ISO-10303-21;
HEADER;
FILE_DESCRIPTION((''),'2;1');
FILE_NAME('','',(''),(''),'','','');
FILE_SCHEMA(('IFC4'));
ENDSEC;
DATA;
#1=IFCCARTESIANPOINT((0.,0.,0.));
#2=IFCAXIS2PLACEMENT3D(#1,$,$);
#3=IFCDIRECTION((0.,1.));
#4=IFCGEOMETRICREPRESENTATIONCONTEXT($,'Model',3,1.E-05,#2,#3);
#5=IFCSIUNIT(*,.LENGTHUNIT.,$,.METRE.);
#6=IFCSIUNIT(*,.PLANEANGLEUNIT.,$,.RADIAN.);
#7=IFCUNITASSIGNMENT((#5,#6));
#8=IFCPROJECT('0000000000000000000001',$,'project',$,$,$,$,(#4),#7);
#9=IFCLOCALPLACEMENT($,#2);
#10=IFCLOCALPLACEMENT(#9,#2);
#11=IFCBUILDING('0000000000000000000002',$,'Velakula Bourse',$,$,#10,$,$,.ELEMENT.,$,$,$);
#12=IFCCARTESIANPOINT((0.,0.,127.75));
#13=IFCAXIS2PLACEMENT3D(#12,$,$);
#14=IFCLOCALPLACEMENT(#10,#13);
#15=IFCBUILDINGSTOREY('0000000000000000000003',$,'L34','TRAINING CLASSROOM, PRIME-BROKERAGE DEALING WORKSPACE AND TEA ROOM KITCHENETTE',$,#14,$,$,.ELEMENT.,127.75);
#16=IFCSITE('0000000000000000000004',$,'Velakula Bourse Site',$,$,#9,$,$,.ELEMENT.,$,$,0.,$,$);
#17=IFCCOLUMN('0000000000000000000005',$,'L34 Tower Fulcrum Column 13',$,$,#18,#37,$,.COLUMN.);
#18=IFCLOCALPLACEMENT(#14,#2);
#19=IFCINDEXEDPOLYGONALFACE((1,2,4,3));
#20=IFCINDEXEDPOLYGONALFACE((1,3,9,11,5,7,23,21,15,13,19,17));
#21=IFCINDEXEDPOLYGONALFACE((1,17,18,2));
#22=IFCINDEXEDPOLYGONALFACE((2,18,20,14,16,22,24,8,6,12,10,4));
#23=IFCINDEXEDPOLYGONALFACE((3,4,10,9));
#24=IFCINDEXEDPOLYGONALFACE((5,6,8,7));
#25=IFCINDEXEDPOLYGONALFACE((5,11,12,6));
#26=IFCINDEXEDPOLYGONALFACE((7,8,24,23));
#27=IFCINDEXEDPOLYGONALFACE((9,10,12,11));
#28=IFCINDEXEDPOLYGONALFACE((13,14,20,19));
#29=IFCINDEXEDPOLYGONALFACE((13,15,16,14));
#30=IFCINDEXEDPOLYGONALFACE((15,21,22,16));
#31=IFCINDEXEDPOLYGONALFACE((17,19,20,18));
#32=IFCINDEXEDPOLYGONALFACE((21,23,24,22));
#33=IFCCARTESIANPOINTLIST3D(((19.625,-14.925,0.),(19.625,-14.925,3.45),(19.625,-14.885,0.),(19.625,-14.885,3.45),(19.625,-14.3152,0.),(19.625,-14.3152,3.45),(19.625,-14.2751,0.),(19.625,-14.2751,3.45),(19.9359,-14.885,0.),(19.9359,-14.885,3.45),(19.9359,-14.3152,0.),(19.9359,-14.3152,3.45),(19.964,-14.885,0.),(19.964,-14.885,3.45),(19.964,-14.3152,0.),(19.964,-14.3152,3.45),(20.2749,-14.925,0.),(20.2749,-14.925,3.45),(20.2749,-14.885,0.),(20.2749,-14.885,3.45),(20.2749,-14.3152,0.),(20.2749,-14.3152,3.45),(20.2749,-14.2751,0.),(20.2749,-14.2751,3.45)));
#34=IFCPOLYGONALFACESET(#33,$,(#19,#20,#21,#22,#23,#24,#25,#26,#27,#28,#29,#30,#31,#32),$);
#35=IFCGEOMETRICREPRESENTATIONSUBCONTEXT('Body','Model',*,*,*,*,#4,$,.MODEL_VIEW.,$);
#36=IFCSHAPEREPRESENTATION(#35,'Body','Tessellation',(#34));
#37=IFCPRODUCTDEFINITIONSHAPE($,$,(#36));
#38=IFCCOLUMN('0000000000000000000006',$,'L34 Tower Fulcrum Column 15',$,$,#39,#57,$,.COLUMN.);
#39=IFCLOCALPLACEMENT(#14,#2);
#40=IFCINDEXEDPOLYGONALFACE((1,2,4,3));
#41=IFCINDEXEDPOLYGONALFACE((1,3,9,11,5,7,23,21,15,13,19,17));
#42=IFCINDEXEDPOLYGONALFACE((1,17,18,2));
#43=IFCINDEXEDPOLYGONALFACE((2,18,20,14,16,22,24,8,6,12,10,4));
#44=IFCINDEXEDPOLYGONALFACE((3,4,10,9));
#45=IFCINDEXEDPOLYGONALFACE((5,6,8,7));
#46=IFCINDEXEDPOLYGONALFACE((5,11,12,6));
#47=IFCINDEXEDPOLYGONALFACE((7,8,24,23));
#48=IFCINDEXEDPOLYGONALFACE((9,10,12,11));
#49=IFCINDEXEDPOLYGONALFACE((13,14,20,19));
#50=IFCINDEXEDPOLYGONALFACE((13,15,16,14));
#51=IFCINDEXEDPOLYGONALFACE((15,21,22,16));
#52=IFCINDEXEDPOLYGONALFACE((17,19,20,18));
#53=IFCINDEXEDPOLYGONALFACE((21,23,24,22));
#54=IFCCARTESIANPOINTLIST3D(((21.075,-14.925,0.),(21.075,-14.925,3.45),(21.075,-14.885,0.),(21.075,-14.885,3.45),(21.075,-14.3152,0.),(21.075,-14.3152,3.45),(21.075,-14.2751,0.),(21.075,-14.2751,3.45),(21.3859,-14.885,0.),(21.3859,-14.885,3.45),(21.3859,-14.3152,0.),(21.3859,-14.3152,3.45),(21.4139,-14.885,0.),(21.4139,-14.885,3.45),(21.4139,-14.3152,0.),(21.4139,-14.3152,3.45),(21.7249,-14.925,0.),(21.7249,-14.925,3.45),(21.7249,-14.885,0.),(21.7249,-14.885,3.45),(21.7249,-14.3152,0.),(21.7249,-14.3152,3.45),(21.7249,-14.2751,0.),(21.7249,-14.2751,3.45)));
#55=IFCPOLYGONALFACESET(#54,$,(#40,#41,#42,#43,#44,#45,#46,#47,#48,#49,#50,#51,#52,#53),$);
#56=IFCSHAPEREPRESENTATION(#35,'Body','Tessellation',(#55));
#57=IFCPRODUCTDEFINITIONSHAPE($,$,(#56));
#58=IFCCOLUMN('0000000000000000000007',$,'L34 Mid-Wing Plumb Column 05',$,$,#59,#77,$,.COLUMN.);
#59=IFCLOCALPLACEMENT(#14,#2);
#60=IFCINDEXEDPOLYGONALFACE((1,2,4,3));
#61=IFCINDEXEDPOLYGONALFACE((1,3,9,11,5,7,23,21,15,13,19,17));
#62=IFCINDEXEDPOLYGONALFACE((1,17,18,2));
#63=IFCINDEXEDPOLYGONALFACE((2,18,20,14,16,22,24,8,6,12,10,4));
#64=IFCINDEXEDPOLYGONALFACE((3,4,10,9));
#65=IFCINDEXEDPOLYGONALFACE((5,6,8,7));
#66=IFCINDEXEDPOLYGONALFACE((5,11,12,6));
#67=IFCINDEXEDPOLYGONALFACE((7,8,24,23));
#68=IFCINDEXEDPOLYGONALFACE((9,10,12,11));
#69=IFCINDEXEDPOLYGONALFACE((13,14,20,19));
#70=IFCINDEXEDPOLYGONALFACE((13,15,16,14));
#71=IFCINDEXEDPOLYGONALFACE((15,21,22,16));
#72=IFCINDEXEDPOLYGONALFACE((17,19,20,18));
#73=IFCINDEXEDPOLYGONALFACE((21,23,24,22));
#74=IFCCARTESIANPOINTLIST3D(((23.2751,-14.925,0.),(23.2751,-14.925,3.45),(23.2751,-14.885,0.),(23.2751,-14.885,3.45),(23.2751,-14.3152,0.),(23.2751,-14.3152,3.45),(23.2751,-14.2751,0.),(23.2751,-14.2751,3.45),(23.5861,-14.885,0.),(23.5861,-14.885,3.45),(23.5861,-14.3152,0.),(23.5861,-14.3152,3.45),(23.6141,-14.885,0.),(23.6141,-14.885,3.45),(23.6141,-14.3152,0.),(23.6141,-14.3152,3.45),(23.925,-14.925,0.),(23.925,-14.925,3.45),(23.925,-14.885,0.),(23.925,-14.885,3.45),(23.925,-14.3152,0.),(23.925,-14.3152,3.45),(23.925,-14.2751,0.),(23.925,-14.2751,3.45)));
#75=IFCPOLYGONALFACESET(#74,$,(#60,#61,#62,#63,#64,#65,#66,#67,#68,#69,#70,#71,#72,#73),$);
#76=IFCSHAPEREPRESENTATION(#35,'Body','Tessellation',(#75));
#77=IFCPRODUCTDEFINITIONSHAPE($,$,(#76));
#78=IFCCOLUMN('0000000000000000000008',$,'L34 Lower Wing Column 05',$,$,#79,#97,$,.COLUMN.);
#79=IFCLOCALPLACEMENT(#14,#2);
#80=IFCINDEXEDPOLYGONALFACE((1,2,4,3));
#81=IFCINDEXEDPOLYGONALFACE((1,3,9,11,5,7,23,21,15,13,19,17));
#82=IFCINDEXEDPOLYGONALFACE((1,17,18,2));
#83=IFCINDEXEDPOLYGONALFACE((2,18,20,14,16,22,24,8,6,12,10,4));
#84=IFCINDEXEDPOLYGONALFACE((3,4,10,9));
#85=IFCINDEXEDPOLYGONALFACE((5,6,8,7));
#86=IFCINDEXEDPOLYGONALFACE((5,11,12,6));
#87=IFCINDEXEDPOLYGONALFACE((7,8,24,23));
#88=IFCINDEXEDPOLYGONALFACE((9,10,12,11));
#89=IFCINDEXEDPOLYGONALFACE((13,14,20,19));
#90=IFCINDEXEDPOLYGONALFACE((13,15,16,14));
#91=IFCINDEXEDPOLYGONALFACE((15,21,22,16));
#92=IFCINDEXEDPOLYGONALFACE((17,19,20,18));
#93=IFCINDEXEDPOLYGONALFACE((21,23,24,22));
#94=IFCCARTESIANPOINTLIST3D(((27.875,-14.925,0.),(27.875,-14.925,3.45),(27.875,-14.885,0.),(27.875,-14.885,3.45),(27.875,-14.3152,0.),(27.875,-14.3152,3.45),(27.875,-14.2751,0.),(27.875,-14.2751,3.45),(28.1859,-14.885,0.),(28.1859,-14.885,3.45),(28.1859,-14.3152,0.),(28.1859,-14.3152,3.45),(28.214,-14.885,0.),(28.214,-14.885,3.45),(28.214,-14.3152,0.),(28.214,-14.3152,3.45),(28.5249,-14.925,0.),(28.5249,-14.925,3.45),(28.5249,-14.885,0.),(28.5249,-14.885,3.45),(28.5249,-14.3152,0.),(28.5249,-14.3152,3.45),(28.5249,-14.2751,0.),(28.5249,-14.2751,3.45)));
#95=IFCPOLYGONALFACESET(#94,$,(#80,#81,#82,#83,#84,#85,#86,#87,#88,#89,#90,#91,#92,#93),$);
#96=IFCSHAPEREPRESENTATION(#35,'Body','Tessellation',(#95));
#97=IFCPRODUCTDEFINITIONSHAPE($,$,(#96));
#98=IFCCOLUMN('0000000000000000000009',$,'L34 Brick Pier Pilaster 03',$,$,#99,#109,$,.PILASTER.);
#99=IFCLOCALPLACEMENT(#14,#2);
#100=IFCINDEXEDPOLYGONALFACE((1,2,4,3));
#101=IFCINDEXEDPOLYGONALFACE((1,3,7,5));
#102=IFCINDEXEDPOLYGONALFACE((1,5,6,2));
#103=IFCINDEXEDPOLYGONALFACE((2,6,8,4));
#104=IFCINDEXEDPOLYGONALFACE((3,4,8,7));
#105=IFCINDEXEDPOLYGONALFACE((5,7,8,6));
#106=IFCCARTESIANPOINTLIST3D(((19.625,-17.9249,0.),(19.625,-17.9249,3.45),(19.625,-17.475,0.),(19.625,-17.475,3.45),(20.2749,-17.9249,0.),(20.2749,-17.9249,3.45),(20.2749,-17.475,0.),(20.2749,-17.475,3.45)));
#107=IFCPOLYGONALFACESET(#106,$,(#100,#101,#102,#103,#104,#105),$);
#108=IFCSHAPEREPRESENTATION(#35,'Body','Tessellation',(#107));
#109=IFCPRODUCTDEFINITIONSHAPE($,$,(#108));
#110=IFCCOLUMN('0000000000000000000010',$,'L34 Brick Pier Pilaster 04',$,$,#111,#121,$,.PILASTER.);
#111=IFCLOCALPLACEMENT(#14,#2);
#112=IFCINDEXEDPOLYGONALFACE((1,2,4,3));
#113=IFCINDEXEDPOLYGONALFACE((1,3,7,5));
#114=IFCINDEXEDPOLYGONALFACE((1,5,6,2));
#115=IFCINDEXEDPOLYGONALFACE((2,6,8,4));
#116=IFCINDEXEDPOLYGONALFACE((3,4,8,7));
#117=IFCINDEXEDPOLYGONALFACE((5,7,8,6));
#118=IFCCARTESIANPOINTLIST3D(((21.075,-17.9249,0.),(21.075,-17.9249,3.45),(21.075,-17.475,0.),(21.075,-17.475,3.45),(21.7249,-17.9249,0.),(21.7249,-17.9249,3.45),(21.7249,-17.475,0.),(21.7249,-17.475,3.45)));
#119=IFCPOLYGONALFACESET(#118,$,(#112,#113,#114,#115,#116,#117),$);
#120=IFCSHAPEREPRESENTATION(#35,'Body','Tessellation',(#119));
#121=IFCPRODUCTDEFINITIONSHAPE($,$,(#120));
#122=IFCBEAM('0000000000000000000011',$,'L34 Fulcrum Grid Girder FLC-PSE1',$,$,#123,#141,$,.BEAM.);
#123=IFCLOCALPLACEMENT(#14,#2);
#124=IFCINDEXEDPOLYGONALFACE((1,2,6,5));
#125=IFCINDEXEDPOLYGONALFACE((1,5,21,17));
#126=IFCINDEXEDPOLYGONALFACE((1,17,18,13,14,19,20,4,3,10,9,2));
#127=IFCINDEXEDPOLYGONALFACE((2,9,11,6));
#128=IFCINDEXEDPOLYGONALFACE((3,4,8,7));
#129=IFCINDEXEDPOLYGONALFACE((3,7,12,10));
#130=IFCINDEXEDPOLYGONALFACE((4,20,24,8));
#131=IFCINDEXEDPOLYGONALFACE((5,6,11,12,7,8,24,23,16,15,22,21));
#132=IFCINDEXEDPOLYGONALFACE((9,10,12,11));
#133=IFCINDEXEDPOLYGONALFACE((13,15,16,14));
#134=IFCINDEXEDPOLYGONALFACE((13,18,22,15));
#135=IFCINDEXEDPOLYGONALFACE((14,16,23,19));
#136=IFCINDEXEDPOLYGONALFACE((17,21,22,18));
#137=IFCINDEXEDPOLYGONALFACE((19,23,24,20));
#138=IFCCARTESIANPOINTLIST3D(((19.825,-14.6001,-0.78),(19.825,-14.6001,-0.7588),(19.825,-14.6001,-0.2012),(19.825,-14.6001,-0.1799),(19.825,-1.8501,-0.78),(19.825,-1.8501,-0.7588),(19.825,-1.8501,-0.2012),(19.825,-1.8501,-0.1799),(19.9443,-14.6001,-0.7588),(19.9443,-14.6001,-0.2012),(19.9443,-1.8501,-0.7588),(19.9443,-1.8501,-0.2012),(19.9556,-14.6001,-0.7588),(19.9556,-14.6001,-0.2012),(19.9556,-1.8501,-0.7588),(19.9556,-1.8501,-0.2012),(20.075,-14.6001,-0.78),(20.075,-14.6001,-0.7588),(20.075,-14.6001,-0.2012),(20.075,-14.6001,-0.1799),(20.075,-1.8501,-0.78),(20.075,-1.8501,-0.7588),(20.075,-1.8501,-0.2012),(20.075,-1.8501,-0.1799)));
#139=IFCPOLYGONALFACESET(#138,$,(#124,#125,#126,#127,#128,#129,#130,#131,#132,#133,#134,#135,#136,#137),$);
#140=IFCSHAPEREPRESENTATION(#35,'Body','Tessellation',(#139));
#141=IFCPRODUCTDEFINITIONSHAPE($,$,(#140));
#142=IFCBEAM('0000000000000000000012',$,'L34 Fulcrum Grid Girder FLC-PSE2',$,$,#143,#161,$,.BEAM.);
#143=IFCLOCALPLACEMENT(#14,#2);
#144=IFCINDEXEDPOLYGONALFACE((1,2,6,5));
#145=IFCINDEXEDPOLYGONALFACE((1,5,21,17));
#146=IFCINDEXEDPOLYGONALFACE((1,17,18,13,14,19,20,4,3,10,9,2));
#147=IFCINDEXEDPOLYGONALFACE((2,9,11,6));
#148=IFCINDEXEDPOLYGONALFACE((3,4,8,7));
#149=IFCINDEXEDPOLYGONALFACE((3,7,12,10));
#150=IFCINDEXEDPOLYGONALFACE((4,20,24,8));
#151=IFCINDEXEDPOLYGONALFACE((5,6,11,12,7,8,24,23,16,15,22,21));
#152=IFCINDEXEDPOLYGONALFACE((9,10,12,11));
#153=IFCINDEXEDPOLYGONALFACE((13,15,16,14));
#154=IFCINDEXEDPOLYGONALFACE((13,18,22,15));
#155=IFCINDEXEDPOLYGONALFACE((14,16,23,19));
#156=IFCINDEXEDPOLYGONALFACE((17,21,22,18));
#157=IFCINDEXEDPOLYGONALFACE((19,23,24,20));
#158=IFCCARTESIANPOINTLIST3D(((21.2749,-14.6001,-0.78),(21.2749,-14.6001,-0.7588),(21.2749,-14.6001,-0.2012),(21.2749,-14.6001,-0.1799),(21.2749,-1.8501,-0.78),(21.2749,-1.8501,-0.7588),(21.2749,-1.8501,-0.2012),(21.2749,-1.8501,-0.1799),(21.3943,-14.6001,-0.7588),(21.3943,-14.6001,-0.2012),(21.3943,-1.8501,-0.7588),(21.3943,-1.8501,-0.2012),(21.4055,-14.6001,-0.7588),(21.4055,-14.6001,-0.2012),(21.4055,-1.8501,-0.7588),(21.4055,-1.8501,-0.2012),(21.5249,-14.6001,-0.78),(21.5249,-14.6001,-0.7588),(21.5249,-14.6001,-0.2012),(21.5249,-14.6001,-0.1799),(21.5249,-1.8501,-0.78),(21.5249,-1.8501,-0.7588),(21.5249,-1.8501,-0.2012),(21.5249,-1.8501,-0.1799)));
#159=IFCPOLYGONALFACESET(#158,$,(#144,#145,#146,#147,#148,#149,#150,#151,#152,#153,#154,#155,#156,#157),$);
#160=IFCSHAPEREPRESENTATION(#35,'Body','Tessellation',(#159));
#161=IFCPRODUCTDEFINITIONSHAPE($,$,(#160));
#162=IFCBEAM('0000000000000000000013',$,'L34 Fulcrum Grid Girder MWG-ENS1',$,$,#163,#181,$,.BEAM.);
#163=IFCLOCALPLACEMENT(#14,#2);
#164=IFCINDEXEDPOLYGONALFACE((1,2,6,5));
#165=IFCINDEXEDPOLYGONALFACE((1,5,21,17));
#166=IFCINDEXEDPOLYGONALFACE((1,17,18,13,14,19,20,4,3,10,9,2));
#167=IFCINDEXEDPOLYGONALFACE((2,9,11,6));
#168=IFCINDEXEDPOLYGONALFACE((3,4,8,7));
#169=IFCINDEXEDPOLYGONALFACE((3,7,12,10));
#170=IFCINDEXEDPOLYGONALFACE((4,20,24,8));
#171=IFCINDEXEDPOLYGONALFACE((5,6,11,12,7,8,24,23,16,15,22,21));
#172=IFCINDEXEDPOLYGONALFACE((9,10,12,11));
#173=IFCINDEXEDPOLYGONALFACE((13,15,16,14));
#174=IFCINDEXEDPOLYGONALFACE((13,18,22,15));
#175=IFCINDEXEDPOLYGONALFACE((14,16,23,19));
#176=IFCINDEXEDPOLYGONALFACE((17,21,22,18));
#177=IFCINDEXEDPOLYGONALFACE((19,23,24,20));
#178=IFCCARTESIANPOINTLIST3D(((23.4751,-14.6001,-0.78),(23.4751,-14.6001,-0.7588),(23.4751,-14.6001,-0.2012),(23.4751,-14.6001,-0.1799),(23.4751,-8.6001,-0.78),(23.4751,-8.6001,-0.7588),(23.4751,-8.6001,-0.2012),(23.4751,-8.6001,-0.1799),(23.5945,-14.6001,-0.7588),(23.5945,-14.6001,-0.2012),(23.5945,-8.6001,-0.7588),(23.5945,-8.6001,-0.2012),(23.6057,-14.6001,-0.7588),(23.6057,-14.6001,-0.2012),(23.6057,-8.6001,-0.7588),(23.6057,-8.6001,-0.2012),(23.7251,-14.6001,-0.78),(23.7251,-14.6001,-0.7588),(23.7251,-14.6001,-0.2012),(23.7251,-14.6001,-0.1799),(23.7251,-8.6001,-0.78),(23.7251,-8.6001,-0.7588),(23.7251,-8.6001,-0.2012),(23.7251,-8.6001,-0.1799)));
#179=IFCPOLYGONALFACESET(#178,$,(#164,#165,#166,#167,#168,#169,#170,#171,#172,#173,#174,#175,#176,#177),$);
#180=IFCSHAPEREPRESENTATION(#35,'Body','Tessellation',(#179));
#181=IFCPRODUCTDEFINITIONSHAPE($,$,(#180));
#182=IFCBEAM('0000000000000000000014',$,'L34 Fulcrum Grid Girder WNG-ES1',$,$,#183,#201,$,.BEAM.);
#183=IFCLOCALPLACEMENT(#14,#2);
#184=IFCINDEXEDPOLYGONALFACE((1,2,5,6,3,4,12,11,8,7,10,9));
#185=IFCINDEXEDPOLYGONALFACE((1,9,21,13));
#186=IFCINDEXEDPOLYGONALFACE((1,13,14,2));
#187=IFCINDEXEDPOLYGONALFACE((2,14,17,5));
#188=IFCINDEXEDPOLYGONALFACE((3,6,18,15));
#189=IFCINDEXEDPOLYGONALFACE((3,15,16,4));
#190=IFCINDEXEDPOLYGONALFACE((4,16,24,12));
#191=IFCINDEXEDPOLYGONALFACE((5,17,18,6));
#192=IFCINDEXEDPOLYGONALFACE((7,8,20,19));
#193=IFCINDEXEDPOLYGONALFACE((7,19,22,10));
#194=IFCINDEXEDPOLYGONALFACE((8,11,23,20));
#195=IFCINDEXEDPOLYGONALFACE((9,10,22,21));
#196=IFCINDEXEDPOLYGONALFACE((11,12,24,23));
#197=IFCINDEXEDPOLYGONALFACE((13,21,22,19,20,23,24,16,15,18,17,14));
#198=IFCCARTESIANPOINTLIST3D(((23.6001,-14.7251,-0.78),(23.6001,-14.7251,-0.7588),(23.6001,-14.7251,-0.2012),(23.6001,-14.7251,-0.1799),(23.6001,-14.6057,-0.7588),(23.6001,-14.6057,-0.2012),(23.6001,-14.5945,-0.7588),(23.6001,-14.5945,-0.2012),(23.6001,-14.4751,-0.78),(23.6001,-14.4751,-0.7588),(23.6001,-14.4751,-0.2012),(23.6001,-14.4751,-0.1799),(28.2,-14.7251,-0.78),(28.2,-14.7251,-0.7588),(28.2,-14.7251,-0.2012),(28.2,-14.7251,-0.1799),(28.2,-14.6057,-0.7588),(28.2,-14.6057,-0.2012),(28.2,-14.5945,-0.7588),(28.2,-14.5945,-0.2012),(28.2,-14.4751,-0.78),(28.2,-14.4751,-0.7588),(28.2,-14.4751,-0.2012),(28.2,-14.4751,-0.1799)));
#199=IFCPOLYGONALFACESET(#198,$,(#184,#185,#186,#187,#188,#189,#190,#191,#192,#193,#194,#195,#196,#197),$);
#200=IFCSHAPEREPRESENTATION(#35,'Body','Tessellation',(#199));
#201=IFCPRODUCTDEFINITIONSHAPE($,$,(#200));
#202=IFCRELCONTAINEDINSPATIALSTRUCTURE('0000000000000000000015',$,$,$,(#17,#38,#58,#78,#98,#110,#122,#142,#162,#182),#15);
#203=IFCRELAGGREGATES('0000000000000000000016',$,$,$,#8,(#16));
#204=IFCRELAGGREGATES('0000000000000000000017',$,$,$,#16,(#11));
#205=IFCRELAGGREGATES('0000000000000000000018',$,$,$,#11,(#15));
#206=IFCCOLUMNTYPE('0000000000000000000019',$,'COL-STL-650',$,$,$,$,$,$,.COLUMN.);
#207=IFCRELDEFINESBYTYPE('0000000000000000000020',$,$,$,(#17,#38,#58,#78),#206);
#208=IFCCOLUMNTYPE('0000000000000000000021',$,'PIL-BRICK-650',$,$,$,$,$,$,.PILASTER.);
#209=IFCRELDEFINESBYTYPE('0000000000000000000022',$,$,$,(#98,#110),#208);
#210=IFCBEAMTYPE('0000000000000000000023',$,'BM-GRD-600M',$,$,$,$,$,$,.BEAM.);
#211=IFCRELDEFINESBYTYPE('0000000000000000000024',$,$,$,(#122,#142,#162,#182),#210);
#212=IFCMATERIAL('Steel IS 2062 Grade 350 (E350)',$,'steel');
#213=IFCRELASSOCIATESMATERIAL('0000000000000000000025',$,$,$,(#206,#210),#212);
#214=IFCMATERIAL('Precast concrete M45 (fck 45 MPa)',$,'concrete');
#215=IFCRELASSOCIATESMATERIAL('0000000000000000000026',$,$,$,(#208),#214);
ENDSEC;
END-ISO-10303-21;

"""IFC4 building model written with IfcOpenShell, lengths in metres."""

from ifc_helpers import new_model, si_unit, direction, frame, origin, origin_2d, place, context, subcontext, project, spatial, rectangle, i_section, extrude, material, material_profile, profile_set, type_object, element, save


model = new_model("IFC4")

# Units and contexts
model_context = context("Model", 3, precision=1e-05, world=origin(), true_north=direction((0.0, 1.0)))
body_context = subcontext(model_context, "Body", "Model", "MODEL_VIEW")
ifc_project = project(units=[si_unit("LENGTHUNIT", "METRE"), si_unit("PLANEANGLEUNIT", "RADIAN")], contexts=[model_context])

# Site, building, storey
site_placement = place(None, origin())
site = spatial("IfcSite", under=ifc_project, at=site_placement, Name="Velakula Bourse Site", CompositionType="ELEMENT", RefElevation=0.0)
building_placement = place(site_placement, origin())
building = spatial("IfcBuilding", under=site, at=building_placement, Name="Velakula Bourse", CompositionType="ELEMENT")
storey_placement = place(building_placement, frame((0.0, 0.0, 127.75)))
storey = spatial("IfcBuildingStorey", under=building, at=storey_placement, Name="L34", Description="TRAINING CLASSROOM, PRIME-BROKERAGE DEALING WORKSPACE AND TEA ROOM KITCHENETTE", CompositionType="ELEMENT", Elevation=127.75)

# Columns
ifc_material_1 = material(Name="Steel IS 2062 Grade 350 (E350)", Category="steel")
ifc_material_profile_1 = material_profile(ifc_material_1, i_section(OverallWidth=0.6499, OverallDepth=0.6499, WebThickness=0.0281, FlangeThickness=0.04, at=origin_2d()), Name="Steel IS 2062 Grade 350 (E350)")
ifc_profile_set_1 = profile_set([ifc_material_profile_1], Name="Steel IS 2062 Grade 350 (E350)")
column_type_1 = type_object("IfcColumnType", Name="COL-STL-650", PredefinedType="COLUMN", material=ifc_profile_set_1)
for number, where, z_axis, x_axis, name in (
    (1, (19.95, -14.6001, 0.0), (0.0, 0.0, 1.0), (1.0, 0.0, 0.0), "L34 Tower Fulcrum Column 13"),
    (2, (21.3999, -14.6001, 0.0), (0.0, 0.0, 1.0), (1.0, 0.0, 0.0), "L34 Tower Fulcrum Column 15"),
    (3, (23.6001, -14.6001, 0.0), (0.0, 0.0, 1.0), (1.0, 0.0, 0.0), "L34 Mid-Wing Plumb Column 05"),
    (4, (28.2, -14.6001, 0.0), (0.0, 0.0, 1.0), (1.0, 0.0, 0.0), "L34 Lower Wing Column 05"),
):
    element("IfcColumn", number, at=place(storey_placement, frame(where, z_axis=z_axis, x_axis=x_axis)), inside=storey, type_object=column_type_1, Name=name, PredefinedType="COLUMN", context=body_context, shape_type="SweptSolid", body=[
        extrude(i_section(OverallWidth=0.6499, OverallDepth=0.6499, WebThickness=0.0281, FlangeThickness=0.04, at=origin_2d()), origin(), (0.0, 0.0, 1.0), 3.45),
    ])
ifc_material_2 = material(Name="Precast concrete M45 (fck 45 MPa)", Category="concrete")
ifc_material_profile_2 = material_profile(ifc_material_2, rectangle(XDim=0.6499, YDim=0.45, at=origin_2d()), Name="Precast concrete M45 (fck 45 MPa)")
ifc_profile_set_2 = profile_set([ifc_material_profile_2], Name="Precast concrete M45 (fck 45 MPa)")
column_type_2 = type_object("IfcColumnType", Name="PIL-BRICK-650", PredefinedType="PILASTER", material=ifc_profile_set_2)
for number, where, z_axis, x_axis, name in (
    (5, (19.95, -17.7, 0.0), (0.0, 0.0, 1.0), (1.0, 0.0, 0.0), "L34 Brick Pier Pilaster 03"),
    (6, (21.3999, -17.7, 0.0), (0.0, 0.0, 1.0), (1.0, 0.0, 0.0), "L34 Brick Pier Pilaster 04"),
):
    element("IfcColumn", number, at=place(storey_placement, frame(where, z_axis=z_axis, x_axis=x_axis)), inside=storey, type_object=column_type_2, Name=name, PredefinedType="PILASTER", context=body_context, shape_type="SweptSolid", body=[
        extrude(rectangle(XDim=0.6499, YDim=0.45, at=origin_2d()), origin(), (0.0, 0.0, 1.0), 3.45),
    ])

# Beams
ifc_material_profile_3 = material_profile(ifc_material_1, i_section(OverallWidth=0.25, OverallDepth=0.6001, WebThickness=0.0112, FlangeThickness=0.0212, at=origin_2d()), Name="Steel IS 2062 Grade 350 (E350)")
ifc_profile_set_3 = profile_set([ifc_material_profile_3], Name="Steel IS 2062 Grade 350 (E350)")
beam_type = type_object("IfcBeamType", Name="BM-GRD-600M", PredefinedType="BEAM", material=ifc_profile_set_3)
for number, where, z_axis, x_axis, name in (
    (7, (19.95, -14.6001, -0.48), (0.0, 1.0, 0.0), (-1.0, 0.0, 0.0), "L34 Fulcrum Grid Girder FLC-PSE1"),
    (8, (21.3999, -14.6001, -0.48), (0.0, 1.0, 0.0), (-1.0, 0.0, 0.0), "L34 Fulcrum Grid Girder FLC-PSE2"),
):
    element("IfcBeam", number, at=place(storey_placement, frame(where, z_axis=z_axis, x_axis=x_axis)), inside=storey, type_object=beam_type, Name=name, PredefinedType="BEAM", context=body_context, shape_type="SweptSolid", body=[
        extrude(i_section(OverallWidth=0.25, OverallDepth=0.6001, WebThickness=0.0112, FlangeThickness=0.0212, at=origin_2d()), origin(), (0.0, 0.0, 1.0), 12.75),
    ])
beam_1_placement = place(storey_placement, frame((23.6001, -14.6001, -0.48), z_axis=(0.0, 1.0, 0.0), x_axis=(-1.0, 0.0, 0.0)))
element("IfcBeam", 9, at=beam_1_placement, inside=storey, type_object=beam_type, Name="L34 Fulcrum Grid Girder MWG-ENS1", PredefinedType="BEAM", context=body_context, shape_type="SweptSolid", body=[
    extrude(i_section(OverallWidth=0.25, OverallDepth=0.6001, WebThickness=0.0112, FlangeThickness=0.0212, at=origin_2d()), origin(), (0.0, 0.0, 1.0), 6.0),
])
beam_2_placement = place(storey_placement, frame((23.6001, -14.6001, -0.48), z_axis=(1.0, 0.0, 0.0), x_axis=(0.0, 1.0, 0.0)))
element("IfcBeam", 10, at=beam_2_placement, inside=storey, type_object=beam_type, Name="L34 Fulcrum Grid Girder WNG-ES1", PredefinedType="BEAM", context=body_context, shape_type="SweptSolid", body=[
    extrude(i_section(OverallWidth=0.25, OverallDepth=0.6001, WebThickness=0.0112, FlangeThickness=0.0212, at=origin_2d()), origin(), (0.0, 0.0, 1.0), 4.5999),
])

save(model, "model.ifc")
